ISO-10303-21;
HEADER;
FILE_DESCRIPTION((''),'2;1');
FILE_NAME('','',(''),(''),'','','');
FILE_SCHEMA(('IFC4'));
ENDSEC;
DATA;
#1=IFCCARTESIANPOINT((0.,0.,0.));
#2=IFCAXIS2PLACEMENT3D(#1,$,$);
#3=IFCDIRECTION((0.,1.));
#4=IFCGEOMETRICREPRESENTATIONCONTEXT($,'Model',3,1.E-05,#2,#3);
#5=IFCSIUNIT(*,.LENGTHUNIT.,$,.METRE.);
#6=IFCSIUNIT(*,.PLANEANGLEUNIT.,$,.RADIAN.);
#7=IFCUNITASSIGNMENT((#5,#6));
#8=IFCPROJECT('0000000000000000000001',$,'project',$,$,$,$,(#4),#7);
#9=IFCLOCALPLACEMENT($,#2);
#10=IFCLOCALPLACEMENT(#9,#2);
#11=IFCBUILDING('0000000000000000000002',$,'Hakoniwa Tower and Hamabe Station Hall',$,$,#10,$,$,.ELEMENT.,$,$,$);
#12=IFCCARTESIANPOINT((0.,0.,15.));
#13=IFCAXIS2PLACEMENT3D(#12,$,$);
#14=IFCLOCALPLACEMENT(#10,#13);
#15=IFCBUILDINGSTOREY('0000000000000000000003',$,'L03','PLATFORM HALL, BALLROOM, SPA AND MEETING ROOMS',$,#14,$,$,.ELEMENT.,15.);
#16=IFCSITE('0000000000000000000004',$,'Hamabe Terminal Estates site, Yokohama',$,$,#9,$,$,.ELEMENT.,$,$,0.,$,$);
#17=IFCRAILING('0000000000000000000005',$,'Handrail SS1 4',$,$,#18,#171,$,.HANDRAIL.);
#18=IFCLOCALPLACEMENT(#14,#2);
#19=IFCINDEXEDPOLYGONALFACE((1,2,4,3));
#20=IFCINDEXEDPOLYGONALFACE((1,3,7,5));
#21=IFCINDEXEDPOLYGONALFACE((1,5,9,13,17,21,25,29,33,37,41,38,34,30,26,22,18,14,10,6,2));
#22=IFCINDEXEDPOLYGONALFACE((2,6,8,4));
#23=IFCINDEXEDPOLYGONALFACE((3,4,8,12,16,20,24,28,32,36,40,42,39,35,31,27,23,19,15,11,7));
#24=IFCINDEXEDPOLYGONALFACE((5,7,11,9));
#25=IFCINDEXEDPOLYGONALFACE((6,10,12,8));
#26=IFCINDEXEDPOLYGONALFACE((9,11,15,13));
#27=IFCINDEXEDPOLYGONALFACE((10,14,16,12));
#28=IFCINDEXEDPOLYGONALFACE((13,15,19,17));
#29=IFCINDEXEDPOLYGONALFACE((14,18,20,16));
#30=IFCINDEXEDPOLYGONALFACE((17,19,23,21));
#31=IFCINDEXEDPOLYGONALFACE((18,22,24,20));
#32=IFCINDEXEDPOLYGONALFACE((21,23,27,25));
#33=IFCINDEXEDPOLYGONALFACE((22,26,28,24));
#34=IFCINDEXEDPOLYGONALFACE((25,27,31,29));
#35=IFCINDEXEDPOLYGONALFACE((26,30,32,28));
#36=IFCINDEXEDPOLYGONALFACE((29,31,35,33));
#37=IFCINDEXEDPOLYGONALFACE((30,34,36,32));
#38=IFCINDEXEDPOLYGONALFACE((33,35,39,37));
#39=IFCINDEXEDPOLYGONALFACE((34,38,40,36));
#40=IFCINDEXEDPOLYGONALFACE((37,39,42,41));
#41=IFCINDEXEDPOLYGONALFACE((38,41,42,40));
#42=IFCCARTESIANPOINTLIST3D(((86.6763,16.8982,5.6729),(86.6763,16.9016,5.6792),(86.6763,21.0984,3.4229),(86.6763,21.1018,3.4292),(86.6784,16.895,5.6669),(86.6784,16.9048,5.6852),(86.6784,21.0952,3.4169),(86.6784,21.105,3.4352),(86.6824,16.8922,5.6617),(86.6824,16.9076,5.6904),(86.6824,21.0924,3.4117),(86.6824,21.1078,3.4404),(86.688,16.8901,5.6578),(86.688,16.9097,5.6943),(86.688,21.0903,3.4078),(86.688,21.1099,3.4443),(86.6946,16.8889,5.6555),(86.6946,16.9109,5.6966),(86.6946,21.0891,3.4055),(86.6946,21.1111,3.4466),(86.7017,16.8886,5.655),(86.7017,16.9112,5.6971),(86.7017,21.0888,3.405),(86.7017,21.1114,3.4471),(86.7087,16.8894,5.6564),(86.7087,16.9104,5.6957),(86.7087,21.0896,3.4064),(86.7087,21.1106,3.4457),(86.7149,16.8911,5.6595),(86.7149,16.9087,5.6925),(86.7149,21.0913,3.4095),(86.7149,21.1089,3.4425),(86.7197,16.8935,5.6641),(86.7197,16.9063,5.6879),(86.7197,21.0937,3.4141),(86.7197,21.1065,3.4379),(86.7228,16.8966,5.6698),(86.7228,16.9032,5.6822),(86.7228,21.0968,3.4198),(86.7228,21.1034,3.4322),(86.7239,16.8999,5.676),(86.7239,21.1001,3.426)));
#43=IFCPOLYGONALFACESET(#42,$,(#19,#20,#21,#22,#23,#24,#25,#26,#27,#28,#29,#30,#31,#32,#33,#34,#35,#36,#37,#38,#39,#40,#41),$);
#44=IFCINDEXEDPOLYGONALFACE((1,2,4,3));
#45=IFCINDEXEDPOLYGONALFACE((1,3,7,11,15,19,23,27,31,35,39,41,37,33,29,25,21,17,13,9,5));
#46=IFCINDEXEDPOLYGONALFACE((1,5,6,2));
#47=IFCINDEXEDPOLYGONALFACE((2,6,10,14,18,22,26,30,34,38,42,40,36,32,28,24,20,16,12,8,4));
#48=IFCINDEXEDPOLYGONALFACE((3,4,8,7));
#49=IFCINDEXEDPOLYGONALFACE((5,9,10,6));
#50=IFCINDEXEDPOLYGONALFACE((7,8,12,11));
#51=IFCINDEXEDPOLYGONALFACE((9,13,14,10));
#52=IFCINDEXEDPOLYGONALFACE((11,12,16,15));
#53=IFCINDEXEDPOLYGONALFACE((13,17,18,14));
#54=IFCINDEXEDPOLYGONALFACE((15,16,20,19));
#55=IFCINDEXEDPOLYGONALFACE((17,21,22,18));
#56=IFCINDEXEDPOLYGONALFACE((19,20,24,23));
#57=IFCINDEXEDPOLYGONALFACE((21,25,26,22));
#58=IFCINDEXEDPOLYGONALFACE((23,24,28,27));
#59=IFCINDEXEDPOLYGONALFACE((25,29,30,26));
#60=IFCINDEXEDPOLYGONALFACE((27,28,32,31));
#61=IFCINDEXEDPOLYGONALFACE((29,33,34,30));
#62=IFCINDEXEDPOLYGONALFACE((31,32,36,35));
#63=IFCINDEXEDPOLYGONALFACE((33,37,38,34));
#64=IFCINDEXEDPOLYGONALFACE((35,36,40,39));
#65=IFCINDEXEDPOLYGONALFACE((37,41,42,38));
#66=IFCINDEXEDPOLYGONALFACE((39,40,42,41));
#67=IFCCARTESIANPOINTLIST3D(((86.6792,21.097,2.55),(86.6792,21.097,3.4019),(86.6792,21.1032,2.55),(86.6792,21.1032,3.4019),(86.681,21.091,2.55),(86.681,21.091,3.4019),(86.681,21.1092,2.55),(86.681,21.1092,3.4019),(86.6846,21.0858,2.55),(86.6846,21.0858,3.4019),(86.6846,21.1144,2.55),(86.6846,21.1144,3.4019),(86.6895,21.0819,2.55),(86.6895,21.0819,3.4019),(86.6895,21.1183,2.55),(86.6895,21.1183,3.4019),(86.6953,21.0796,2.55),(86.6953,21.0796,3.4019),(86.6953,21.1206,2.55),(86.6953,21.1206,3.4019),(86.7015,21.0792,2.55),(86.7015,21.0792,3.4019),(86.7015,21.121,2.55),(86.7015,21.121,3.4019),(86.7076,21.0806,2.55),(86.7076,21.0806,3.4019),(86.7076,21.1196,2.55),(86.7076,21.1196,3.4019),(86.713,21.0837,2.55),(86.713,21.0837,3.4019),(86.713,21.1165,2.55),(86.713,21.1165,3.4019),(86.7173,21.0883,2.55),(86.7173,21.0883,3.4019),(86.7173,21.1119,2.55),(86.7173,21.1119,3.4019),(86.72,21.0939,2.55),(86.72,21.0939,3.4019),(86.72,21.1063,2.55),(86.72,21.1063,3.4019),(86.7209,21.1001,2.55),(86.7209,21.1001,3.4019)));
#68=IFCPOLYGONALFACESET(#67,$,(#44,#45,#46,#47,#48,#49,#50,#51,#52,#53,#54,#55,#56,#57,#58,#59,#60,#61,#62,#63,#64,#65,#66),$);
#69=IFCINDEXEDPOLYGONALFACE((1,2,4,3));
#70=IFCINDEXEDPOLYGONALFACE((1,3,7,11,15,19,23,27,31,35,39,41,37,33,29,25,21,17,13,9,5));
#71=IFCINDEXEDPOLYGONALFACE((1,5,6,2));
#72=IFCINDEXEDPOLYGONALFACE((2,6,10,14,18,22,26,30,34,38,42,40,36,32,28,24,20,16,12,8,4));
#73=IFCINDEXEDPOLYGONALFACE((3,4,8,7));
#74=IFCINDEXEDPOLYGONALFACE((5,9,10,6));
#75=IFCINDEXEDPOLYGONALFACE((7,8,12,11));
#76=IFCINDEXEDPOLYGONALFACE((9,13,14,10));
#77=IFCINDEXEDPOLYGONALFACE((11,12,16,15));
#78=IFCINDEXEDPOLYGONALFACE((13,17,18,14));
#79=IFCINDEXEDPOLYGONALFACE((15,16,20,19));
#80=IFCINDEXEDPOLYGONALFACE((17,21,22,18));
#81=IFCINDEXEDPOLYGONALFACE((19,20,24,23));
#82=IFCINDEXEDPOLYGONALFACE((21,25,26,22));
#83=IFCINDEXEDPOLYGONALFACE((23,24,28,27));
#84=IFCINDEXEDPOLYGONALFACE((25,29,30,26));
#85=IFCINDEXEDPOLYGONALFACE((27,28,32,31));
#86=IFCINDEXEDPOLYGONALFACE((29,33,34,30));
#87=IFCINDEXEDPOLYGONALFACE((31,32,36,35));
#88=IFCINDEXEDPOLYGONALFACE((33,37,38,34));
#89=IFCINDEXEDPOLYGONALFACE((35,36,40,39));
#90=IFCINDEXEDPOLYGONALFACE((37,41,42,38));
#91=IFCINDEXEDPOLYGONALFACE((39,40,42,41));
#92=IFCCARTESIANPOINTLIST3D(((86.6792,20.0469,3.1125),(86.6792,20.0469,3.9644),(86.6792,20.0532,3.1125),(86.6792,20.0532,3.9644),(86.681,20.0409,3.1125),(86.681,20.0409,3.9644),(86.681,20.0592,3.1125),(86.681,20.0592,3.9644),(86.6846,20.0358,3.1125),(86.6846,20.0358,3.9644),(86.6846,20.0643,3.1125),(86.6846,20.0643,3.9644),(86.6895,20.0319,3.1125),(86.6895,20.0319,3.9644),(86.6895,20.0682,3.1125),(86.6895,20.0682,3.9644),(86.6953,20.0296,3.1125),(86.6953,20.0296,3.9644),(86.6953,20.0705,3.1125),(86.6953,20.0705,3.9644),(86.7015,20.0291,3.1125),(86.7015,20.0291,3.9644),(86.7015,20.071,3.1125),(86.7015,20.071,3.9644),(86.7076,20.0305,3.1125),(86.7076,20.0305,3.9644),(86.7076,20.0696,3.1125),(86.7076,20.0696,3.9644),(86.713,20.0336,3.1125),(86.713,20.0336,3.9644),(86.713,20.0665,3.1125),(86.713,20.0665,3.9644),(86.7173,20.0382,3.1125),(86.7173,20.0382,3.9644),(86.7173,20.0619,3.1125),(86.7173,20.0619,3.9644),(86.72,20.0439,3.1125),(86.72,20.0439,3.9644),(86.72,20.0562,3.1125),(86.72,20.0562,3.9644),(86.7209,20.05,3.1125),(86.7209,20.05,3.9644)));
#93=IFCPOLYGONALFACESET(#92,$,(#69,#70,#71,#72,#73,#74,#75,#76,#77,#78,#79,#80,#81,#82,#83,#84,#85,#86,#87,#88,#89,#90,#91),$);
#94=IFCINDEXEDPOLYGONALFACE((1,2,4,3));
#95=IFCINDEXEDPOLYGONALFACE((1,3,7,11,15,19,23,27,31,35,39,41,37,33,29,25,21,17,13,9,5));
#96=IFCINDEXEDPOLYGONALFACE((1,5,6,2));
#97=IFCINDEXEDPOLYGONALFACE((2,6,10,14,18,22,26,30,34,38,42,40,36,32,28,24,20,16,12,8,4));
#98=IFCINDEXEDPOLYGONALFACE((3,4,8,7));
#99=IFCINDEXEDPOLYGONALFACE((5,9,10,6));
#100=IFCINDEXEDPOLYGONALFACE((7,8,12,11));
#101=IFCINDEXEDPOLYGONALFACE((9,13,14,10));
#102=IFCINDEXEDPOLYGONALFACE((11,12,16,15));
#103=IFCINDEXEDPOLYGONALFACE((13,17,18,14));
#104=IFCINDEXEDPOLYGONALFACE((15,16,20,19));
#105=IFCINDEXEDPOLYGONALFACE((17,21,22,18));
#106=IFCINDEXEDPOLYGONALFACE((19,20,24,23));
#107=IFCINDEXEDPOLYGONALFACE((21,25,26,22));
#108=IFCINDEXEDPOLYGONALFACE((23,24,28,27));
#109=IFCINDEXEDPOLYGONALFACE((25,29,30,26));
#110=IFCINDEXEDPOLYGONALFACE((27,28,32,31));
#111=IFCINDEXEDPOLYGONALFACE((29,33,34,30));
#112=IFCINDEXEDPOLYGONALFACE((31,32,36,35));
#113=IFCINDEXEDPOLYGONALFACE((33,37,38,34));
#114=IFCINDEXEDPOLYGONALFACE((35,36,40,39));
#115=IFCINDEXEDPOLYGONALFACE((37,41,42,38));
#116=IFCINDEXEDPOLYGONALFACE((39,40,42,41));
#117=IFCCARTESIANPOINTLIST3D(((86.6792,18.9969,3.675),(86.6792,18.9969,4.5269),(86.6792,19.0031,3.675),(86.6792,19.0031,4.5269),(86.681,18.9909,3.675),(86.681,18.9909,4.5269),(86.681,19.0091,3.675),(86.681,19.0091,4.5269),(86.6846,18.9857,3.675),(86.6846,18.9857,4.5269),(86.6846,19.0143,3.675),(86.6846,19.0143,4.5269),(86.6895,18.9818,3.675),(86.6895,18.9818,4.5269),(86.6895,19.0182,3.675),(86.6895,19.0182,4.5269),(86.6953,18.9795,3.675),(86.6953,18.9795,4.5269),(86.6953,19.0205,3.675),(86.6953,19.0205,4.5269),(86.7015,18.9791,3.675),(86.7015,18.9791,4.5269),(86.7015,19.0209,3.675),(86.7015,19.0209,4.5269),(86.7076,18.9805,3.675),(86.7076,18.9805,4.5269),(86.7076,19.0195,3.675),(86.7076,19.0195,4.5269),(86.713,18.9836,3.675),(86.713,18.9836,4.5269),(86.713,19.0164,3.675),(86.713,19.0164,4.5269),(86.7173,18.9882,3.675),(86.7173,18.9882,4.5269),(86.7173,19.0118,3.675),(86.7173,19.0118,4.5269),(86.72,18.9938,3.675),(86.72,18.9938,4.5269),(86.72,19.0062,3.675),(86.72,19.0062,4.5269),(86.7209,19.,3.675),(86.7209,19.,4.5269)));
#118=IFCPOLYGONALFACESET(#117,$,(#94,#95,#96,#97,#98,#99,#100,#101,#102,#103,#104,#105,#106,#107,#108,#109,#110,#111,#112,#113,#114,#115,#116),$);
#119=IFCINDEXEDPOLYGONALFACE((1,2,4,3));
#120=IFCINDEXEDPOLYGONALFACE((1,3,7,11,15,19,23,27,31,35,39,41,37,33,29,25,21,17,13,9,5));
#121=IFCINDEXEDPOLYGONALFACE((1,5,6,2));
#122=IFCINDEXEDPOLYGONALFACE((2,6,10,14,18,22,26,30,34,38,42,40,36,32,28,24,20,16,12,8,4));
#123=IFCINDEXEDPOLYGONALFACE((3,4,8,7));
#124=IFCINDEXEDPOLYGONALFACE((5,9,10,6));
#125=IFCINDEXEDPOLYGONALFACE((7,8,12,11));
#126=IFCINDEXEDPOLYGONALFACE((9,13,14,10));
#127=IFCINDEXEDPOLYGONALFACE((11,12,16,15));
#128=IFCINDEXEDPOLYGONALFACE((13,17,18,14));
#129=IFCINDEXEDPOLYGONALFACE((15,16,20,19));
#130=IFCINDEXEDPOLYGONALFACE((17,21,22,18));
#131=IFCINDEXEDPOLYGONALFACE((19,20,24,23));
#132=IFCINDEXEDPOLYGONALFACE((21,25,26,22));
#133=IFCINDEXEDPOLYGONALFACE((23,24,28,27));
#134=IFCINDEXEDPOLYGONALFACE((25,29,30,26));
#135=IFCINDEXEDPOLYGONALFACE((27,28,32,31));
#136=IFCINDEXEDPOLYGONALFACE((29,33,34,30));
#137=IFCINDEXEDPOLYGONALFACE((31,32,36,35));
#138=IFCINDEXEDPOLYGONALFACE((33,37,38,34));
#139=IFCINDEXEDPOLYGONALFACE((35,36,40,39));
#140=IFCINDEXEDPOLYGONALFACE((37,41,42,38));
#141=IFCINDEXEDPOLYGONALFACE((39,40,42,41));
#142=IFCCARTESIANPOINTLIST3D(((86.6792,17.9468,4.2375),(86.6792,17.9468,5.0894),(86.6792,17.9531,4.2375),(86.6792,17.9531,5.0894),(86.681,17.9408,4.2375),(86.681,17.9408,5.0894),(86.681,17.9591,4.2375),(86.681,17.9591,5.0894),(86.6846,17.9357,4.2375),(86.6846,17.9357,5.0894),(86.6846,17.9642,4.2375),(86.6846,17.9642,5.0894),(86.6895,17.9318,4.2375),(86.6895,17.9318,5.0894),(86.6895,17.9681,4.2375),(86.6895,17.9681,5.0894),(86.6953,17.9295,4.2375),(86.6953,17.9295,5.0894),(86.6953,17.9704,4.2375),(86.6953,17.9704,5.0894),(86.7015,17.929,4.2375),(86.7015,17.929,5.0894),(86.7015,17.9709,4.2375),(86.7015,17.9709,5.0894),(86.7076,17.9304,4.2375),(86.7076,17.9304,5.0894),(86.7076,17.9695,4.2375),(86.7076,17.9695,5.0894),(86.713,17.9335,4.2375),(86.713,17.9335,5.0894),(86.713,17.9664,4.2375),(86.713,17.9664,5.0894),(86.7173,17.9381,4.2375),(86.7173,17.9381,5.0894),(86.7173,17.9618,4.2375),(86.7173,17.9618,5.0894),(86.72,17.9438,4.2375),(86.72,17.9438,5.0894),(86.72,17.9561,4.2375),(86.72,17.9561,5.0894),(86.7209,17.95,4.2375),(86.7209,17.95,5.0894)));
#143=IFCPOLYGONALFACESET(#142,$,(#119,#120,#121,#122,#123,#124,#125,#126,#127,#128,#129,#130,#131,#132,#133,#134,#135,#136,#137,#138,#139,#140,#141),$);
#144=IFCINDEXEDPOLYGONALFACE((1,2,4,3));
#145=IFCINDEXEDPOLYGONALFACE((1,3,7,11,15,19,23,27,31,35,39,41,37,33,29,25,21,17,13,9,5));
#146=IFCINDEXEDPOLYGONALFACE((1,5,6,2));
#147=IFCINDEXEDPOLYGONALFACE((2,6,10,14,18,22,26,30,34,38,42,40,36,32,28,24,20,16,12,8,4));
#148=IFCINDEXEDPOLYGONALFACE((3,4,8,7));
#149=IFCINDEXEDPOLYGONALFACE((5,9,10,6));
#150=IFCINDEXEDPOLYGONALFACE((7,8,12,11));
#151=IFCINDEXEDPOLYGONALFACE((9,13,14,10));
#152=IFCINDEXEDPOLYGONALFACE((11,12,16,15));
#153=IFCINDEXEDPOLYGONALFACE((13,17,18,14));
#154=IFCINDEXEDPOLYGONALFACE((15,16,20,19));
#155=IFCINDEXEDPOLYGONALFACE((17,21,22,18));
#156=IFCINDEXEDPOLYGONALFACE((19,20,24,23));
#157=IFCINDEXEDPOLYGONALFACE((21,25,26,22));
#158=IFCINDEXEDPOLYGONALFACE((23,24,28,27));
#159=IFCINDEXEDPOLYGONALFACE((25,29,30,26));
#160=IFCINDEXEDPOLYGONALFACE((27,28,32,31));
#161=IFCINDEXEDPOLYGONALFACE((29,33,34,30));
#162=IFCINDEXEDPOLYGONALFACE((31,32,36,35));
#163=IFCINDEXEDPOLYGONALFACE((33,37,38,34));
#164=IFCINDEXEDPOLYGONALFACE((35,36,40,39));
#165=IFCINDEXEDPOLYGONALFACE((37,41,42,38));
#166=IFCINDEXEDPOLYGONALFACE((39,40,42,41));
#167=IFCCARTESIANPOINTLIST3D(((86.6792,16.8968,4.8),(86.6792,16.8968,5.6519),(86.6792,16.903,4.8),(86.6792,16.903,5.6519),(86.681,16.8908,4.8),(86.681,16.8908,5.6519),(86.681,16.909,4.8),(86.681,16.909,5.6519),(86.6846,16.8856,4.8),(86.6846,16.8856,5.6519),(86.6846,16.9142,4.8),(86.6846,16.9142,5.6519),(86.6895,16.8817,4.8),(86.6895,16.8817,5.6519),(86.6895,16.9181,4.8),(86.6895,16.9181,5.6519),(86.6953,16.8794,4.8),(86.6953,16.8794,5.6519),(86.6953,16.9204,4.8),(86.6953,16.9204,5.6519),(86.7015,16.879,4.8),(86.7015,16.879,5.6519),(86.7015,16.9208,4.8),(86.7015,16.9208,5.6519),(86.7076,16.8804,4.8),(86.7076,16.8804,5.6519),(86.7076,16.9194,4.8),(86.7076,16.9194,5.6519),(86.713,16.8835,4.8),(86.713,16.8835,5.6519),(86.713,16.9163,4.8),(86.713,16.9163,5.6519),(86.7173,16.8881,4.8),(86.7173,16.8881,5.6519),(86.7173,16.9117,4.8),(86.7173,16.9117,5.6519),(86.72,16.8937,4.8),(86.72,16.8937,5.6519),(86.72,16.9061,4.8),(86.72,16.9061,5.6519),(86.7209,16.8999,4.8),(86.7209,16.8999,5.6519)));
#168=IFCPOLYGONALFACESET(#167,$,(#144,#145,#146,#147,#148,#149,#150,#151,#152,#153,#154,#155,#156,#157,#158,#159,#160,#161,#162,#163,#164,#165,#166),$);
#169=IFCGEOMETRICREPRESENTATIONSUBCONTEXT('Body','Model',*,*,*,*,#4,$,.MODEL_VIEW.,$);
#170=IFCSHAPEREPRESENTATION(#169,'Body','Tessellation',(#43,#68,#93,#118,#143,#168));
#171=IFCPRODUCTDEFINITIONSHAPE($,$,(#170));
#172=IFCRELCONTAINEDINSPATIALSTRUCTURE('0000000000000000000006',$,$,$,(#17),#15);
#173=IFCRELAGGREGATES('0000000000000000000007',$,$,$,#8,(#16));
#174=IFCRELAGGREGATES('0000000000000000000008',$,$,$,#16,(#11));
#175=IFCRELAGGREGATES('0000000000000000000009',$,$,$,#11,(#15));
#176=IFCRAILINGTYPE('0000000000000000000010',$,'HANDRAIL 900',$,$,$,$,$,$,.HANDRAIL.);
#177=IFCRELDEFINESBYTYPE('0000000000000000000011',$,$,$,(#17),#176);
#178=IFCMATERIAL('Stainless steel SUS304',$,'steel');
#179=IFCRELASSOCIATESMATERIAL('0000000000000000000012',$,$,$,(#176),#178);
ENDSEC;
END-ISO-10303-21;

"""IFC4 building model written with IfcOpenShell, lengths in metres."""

from ifc_helpers import new_model, si_unit, direction, frame, origin, origin_2d, place, context, subcontext, project, spatial, circle, extrude, material, type_object, element, save


model = new_model("IFC4")

# Units and contexts
model_context = context("Model", 3, precision=1e-05, world=origin(), true_north=direction((0.0, 1.0)))
body_context = subcontext(model_context, "Body", "Model", "MODEL_VIEW")
ifc_project = project(units=[si_unit("LENGTHUNIT", "METRE"), si_unit("PLANEANGLEUNIT", "RADIAN")], contexts=[model_context])

# Site, building, storey
site_placement = place(None, origin())
site = spatial("IfcSite", under=ifc_project, at=site_placement, Name="Hamabe Terminal Estates site, Yokohama", CompositionType="ELEMENT", RefElevation=0.0)
building_placement = place(site_placement, origin())
building = spatial("IfcBuilding", under=site, at=building_placement, Name="Hakoniwa Tower and Hamabe Station Hall", CompositionType="ELEMENT")
storey_placement = place(building_placement, frame((0.0, 0.0, 15.0)))
storey = spatial("IfcBuildingStorey", under=building, at=storey_placement, Name="L03", Description="PLATFORM HALL, BALLROOM, SPA AND MEETING ROOMS", CompositionType="ELEMENT", Elevation=15.0)

# Railing
ifc_material_1 = material(Name="Stainless steel SUS304", Category="steel")
railing_type_1 = type_object("IfcRailingType", Name="HANDRAIL 900", PredefinedType="HANDRAIL", material=ifc_material_1)
for number, where, name in (
    (1, (86.7, 21.1001, 2.55), "Handrail SS1 4"),
):
    element("IfcRailing", number, at=place(storey_placement, frame(where)), inside=storey, type_object=railing_type_1, Name=name, PredefinedType="HANDRAIL", context=body_context, shape_type="SweptSolid", body=[
        extrude(circle(Radius=0.0239, at=origin_2d()), frame((0.0, 0.0, 0.876), z_axis=(0.0, -0.881489, 0.472204), x_axis=(1.0, 0.0, 0.0)), (0.0, 0.0, 1.0), 4.7649),
        extrude(circle(Radius=0.021, at=origin_2d()), origin(), (0.0, 0.0, 1.0), 0.8518),
        extrude(circle(Radius=0.021, at=origin_2d()), frame((0.0, -1.05, 0.5625)), (0.0, 0.0, 1.0), 0.8518),
        extrude(circle(Radius=0.021, at=origin_2d()), frame((0.0, -2.1001, 1.125)), (0.0, 0.0, 1.0), 0.8518),
        extrude(circle(Radius=0.021, at=origin_2d()), frame((0.0, -3.1501, 1.6875)), (0.0, 0.0, 1.0), 0.8518),
        extrude(circle(Radius=0.021, at=origin_2d()), frame((0.0, -4.2002, 2.25)), (0.0, 0.0, 1.0), 0.8518),
    ])

save(model, "model.ifc")
